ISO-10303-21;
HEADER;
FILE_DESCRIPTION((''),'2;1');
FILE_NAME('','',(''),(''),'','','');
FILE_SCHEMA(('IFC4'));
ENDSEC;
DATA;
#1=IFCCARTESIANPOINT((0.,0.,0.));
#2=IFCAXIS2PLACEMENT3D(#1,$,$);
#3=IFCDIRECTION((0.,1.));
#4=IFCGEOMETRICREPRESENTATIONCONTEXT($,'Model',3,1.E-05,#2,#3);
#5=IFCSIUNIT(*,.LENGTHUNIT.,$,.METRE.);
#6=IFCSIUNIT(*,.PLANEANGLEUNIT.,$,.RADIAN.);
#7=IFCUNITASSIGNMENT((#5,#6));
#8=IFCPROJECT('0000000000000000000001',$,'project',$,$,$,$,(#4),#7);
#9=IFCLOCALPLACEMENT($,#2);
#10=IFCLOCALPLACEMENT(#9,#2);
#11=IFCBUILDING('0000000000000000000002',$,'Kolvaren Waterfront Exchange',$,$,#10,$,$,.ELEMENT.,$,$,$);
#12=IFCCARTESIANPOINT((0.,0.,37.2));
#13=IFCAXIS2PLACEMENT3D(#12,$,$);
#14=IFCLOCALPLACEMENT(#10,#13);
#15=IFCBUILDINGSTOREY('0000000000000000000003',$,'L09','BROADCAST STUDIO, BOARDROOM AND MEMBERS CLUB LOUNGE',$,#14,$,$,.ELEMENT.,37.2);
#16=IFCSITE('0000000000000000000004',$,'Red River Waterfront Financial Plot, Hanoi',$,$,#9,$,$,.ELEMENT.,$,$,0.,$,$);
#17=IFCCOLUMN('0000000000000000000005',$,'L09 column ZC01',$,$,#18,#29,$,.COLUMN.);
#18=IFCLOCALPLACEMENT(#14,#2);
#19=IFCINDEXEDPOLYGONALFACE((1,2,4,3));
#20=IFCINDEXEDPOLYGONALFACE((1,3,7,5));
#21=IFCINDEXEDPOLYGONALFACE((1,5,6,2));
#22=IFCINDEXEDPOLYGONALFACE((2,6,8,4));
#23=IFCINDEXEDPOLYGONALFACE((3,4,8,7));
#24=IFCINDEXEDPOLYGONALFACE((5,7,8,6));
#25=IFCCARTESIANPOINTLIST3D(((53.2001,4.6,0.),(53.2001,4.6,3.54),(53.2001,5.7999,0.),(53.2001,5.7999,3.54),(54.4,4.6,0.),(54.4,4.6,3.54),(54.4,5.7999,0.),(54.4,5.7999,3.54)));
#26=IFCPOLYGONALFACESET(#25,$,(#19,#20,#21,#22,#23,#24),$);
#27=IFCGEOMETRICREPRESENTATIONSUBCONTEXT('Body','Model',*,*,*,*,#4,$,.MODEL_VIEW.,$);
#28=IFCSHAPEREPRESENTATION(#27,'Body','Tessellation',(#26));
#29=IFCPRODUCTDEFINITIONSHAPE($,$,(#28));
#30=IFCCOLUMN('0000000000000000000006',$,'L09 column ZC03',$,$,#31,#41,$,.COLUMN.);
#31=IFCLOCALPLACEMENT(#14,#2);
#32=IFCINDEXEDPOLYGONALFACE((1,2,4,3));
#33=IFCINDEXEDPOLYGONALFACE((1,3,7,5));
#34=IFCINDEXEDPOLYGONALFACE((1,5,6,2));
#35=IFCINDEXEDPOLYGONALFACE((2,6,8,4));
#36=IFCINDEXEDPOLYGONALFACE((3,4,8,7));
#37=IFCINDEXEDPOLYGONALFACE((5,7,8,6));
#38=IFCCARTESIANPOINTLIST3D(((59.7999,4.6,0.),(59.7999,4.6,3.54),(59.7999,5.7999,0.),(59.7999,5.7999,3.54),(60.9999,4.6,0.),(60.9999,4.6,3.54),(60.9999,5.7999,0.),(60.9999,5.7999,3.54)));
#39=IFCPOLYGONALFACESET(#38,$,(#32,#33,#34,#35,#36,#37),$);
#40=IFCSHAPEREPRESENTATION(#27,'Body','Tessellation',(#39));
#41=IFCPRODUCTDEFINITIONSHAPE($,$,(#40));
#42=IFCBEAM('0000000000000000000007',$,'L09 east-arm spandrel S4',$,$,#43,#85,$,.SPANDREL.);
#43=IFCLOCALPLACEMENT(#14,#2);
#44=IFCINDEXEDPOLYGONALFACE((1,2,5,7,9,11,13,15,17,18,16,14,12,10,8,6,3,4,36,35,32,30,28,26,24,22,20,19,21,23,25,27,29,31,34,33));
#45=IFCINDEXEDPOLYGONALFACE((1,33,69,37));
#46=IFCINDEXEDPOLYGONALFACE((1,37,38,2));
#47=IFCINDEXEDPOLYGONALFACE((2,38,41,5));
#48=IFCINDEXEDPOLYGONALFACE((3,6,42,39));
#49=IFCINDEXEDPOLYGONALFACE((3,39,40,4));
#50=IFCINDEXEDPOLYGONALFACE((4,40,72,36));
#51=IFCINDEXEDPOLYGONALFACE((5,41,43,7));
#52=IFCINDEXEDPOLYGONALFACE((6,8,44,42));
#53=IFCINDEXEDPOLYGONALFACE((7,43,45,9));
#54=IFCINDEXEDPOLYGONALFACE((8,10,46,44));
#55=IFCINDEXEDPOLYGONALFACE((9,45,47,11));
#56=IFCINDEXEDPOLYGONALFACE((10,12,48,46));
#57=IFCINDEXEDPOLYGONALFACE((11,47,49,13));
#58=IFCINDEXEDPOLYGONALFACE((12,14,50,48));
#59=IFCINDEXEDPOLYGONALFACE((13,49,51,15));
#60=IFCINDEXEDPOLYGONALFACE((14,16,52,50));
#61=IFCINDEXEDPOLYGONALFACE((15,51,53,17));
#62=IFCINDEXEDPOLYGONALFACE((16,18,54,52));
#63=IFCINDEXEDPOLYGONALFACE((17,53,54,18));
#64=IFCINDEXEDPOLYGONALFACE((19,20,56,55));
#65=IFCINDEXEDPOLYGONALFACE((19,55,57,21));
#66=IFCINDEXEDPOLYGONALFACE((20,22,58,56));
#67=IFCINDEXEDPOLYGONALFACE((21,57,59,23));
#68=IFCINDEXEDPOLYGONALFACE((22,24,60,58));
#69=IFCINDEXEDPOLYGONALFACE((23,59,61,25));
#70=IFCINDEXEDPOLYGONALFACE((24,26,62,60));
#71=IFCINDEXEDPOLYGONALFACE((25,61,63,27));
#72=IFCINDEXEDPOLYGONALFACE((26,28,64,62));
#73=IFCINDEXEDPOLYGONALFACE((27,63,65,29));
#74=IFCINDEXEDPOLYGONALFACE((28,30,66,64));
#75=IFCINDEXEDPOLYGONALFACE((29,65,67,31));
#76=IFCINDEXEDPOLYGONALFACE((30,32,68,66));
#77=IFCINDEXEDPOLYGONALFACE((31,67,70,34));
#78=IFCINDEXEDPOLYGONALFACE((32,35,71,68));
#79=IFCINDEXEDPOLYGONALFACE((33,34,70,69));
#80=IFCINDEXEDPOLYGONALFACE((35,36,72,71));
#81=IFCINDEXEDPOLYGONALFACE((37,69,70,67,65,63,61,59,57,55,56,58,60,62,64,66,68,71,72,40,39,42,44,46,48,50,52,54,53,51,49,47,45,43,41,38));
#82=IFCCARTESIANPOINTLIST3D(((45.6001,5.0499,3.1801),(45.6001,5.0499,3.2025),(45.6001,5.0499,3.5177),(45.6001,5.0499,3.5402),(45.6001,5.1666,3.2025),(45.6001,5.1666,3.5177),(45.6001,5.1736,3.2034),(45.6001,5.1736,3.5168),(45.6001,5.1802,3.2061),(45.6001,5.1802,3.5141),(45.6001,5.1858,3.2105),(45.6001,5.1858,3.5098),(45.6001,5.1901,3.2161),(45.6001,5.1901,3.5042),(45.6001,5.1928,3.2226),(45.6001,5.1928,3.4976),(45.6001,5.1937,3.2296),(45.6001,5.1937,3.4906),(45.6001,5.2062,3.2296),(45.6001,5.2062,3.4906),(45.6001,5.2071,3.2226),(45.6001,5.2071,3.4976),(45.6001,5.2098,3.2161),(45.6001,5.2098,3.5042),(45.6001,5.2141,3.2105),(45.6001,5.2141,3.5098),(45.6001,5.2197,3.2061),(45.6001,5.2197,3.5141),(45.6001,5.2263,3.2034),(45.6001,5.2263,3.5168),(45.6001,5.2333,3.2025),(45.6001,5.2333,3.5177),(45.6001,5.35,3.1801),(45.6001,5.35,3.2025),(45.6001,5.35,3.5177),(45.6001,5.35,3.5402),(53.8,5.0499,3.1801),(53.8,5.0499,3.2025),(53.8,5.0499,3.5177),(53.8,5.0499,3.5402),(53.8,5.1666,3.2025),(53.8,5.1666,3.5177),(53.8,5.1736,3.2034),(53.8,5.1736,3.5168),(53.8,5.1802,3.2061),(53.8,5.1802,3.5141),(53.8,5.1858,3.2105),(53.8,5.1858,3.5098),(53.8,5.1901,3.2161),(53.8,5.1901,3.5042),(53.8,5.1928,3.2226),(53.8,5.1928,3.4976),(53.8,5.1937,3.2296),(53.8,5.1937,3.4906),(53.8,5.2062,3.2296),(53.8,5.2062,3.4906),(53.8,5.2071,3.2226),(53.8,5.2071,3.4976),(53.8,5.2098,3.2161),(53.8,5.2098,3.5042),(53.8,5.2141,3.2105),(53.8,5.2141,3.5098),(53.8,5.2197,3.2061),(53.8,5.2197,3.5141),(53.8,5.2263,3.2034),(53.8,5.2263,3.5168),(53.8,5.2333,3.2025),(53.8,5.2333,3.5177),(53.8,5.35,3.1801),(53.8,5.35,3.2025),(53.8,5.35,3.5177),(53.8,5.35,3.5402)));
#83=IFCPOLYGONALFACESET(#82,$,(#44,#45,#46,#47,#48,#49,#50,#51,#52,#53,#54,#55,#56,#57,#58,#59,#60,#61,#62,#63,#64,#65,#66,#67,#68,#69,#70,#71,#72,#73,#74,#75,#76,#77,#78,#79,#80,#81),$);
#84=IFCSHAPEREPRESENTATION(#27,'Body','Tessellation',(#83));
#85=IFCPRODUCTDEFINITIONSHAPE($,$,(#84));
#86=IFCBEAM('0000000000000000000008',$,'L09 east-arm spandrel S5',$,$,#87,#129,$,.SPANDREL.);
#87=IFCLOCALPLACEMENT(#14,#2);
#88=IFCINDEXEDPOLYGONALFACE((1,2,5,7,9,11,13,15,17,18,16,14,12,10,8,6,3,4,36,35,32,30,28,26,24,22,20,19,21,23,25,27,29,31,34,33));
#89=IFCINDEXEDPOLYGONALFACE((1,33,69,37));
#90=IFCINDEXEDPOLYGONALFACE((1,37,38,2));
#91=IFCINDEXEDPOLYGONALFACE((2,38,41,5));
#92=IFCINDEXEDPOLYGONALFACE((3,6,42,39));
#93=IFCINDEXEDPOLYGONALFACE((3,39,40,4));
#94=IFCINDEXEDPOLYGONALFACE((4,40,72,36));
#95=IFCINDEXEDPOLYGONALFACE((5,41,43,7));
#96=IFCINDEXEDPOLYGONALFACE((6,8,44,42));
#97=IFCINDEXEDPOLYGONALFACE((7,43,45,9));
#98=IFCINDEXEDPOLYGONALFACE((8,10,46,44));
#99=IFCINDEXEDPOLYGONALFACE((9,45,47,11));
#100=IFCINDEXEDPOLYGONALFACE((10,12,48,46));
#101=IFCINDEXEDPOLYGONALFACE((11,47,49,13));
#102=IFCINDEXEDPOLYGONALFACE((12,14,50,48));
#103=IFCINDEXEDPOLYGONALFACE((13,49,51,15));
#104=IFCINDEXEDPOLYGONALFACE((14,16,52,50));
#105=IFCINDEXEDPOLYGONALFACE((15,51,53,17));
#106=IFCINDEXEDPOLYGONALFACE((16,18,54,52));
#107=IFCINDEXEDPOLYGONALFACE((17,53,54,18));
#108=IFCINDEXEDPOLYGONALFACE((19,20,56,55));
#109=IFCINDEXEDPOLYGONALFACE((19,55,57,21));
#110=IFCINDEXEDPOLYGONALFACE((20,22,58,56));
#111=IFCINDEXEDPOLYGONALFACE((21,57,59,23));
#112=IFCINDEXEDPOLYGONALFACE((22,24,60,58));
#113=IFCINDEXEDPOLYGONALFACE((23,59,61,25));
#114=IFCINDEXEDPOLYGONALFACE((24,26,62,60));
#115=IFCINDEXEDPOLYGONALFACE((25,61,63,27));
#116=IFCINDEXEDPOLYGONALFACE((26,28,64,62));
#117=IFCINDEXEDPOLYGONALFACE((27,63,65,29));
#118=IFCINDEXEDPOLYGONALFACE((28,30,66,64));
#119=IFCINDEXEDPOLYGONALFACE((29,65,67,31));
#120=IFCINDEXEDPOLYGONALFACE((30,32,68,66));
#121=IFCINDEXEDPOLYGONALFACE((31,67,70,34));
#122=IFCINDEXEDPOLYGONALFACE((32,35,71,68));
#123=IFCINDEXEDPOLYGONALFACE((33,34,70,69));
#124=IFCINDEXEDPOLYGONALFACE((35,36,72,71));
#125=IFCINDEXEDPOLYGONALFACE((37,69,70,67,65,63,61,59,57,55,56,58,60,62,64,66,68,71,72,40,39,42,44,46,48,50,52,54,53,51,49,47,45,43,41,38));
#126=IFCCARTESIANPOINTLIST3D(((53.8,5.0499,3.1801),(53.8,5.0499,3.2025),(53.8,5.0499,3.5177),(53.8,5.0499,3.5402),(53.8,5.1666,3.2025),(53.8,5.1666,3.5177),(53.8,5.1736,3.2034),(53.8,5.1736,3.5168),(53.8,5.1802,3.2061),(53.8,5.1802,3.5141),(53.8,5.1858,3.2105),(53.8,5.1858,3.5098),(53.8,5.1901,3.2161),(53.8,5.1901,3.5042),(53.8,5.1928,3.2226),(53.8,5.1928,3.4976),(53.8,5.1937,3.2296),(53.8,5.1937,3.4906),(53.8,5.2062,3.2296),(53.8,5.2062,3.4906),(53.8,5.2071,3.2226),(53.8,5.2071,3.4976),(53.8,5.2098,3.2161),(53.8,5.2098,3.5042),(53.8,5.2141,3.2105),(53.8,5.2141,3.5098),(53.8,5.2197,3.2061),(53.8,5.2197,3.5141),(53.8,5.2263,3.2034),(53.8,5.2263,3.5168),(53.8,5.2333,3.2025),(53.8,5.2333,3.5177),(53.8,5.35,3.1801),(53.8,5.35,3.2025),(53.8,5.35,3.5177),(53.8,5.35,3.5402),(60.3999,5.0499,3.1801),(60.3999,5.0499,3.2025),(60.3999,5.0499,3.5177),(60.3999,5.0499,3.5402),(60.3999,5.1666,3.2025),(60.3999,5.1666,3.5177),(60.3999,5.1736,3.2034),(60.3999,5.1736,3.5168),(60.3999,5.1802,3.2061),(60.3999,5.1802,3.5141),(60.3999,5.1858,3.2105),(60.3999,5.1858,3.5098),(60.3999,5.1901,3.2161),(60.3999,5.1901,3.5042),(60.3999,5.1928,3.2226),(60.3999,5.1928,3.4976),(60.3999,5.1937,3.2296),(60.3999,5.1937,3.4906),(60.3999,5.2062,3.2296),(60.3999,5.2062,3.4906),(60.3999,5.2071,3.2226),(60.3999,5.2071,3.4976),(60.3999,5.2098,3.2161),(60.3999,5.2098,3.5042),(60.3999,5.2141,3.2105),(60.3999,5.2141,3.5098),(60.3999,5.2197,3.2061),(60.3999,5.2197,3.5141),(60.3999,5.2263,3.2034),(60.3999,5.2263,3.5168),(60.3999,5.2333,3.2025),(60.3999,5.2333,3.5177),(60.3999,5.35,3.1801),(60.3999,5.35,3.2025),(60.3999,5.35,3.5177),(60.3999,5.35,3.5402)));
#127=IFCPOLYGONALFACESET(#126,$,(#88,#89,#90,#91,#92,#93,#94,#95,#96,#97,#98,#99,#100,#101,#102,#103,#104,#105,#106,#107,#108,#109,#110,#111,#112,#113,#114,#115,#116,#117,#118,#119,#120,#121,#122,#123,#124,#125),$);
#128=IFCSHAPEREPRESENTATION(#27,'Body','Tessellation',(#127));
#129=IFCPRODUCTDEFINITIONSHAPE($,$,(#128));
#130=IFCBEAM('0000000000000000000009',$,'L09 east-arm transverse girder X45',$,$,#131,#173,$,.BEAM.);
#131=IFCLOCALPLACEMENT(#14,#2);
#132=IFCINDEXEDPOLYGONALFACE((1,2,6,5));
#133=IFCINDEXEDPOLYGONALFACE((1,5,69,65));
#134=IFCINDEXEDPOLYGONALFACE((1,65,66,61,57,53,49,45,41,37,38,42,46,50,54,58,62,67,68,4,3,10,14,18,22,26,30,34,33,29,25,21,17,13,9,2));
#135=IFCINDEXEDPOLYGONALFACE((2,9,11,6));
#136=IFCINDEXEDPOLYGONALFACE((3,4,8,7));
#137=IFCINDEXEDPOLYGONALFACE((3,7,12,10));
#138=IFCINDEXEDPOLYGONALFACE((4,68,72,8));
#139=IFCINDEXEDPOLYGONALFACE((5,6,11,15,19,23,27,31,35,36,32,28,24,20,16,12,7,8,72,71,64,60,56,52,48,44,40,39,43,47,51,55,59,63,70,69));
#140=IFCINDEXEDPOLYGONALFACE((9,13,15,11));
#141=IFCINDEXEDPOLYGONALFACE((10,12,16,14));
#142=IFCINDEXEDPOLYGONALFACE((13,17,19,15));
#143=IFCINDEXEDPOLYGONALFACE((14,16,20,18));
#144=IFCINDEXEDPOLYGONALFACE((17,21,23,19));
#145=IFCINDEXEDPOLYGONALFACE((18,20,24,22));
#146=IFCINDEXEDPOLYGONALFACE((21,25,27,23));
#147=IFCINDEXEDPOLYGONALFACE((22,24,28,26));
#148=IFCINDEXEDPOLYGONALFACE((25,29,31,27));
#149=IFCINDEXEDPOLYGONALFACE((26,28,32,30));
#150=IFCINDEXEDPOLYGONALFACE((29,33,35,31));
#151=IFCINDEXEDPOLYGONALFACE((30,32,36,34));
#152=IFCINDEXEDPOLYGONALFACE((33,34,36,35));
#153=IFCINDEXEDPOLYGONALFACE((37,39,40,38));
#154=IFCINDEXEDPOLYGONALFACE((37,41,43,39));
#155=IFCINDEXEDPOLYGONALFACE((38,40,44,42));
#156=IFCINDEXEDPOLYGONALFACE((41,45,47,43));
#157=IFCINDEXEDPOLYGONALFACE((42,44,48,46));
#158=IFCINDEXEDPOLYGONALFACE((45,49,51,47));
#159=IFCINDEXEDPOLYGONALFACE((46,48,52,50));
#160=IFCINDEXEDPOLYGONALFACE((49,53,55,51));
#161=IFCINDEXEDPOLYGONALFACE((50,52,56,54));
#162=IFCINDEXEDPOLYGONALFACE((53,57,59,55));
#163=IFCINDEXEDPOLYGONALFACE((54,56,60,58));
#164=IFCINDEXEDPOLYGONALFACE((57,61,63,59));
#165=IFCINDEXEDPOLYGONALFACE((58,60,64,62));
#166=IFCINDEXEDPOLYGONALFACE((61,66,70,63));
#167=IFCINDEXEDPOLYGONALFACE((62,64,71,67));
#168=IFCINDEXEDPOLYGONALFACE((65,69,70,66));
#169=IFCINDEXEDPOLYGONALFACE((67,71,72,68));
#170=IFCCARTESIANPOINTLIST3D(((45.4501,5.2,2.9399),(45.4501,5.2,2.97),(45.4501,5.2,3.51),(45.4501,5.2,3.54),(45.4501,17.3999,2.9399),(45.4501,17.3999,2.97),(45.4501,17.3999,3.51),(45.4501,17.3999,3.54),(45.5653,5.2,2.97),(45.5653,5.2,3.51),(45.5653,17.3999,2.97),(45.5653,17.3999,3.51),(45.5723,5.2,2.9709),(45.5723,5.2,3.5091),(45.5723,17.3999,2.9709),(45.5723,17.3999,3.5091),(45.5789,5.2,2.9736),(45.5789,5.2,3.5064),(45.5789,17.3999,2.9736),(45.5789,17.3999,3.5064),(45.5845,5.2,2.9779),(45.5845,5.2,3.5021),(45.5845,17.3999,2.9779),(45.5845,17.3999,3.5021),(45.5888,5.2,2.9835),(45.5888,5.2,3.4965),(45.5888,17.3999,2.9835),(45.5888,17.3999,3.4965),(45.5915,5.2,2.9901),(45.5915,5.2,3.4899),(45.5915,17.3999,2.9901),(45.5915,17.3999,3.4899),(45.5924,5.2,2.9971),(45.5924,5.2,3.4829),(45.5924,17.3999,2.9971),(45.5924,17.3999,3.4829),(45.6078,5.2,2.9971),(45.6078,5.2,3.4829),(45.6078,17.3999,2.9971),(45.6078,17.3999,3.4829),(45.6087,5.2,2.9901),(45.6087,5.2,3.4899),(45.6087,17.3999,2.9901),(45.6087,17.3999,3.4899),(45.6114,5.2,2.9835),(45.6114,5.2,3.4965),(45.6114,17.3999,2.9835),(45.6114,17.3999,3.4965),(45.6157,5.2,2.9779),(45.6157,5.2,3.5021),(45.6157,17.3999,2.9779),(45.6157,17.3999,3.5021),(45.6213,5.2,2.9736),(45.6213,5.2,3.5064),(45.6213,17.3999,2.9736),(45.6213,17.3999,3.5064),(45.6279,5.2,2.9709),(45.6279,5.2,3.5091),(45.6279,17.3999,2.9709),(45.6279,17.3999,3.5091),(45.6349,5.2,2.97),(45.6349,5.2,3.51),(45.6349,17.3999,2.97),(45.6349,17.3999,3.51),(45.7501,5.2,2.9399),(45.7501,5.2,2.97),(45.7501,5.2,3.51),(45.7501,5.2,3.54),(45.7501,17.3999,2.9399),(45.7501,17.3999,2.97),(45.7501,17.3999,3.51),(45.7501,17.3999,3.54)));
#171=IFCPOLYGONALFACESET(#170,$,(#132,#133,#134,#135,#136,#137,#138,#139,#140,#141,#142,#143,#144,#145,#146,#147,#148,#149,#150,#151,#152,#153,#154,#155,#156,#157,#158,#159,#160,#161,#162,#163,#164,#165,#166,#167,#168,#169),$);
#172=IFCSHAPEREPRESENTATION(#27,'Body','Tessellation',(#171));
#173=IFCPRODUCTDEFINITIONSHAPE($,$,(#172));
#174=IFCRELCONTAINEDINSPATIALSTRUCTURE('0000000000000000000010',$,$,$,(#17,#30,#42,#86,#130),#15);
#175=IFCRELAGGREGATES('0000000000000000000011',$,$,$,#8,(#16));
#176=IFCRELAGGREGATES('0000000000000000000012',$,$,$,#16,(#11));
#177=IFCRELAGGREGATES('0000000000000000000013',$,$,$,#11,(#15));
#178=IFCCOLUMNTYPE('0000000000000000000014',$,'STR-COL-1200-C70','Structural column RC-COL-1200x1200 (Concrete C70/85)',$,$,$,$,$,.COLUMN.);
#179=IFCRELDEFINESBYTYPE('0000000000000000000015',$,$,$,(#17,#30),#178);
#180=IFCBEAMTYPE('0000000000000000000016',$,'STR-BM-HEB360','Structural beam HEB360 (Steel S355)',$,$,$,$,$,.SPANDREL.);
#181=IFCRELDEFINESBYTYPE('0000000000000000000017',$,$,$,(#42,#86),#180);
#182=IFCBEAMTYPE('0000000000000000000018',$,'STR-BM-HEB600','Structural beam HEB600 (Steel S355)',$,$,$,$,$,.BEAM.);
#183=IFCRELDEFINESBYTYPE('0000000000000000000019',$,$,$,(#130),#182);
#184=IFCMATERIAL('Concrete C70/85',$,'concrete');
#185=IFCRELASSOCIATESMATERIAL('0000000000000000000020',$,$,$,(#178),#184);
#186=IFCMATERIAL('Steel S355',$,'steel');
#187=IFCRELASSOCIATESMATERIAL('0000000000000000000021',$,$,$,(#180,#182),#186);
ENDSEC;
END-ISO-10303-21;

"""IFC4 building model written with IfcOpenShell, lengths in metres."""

from ifc_helpers import new_model, si_unit, direction, frame, origin, origin_2d, place, context, subcontext, project, spatial, rectangle, i_section, extrude, material, material_profile, profile_set, type_object, element, save


model = new_model("IFC4")

# Units and contexts
model_context = context("Model", 3, precision=1e-05, world=origin(), true_north=direction((0.0, 1.0)))
body_context = subcontext(model_context, "Body", "Model", "MODEL_VIEW")
ifc_project = project(units=[si_unit("LENGTHUNIT", "METRE"), si_unit("PLANEANGLEUNIT", "RADIAN")], contexts=[model_context])

# Site, building, storey
site_placement = place(None, origin())
site = spatial("IfcSite", under=ifc_project, at=site_placement, Name="Red River Waterfront Financial Plot, Hanoi", CompositionType="ELEMENT", RefElevation=0.0)
building_placement = place(site_placement, origin())
building = spatial("IfcBuilding", under=site, at=building_placement, Name="Kolvaren Waterfront Exchange", CompositionType="ELEMENT")
storey_placement = place(building_placement, frame((0.0, 0.0, 37.2)))
storey = spatial("IfcBuildingStorey", under=building, at=storey_placement, Name="L09", Description="BROADCAST STUDIO, BOARDROOM AND MEMBERS CLUB LOUNGE", CompositionType="ELEMENT", Elevation=37.2)

# Columns
ifc_material_1 = material(Name="Concrete C70/85", Category="concrete")
ifc_material_profile_1 = material_profile(ifc_material_1, rectangle(XDim=1.2, YDim=1.2, at=origin_2d()), Name="RC-COL-1200x1200")
ifc_profile_set_1 = profile_set([ifc_material_profile_1], Name="Concrete C70/85")
column_type = type_object("IfcColumnType", Name="STR-COL-1200-C70", Description="Structural column RC-COL-1200x1200 (Concrete C70/85)", PredefinedType="COLUMN", material=ifc_profile_set_1)
for number, where, z_axis, x_axis, name in (
    (1, (53.8, 5.2, 0.0), (0.0, 0.0, 1.0), (1.0, 0.0, 0.0), "L09 column ZC01"),
    (2, (60.3999, 5.2, 0.0), (0.0, 0.0, 1.0), (1.0, 0.0, 0.0), "L09 column ZC03"),
):
    element("IfcColumn", number, at=place(storey_placement, frame(where, z_axis=z_axis, x_axis=x_axis)), inside=storey, type_object=column_type, Name=name, PredefinedType="COLUMN", context=body_context, shape_type="SweptSolid", body=[
        extrude(rectangle(XDim=1.2, YDim=1.2, at=origin_2d()), origin(), (0.0, 0.0, 1.0), 3.54),
    ])

# Beams
ifc_material_2 = material(Name="Steel S355", Category="steel")
ifc_material_profile_2 = material_profile(ifc_material_2, i_section(OverallWidth=0.3, OverallDepth=0.3601, WebThickness=0.0125, FlangeThickness=0.0225, FilletRadius=0.0271, at=origin_2d()), Name="HEB360")
ifc_profile_set_2 = profile_set([ifc_material_profile_2], Name="Steel S355")
beam_type_1 = type_object("IfcBeamType", Name="STR-BM-HEB360", Description="Structural beam HEB360 (Steel S355)", PredefinedType="SPANDREL", material=ifc_profile_set_2)
beam_1_placement = place(storey_placement, frame((45.6001, 5.2, 3.3601), z_axis=(1.0, 0.0, 0.0), x_axis=(0.0, 1.0, 0.0)))
element("IfcBeam", 3, at=beam_1_placement, inside=storey, type_object=beam_type_1, Name="L09 east-arm spandrel S4", PredefinedType="SPANDREL", context=body_context, shape_type="SweptSolid", body=[
    extrude(i_section(OverallWidth=0.3, OverallDepth=0.3601, WebThickness=0.0125, FlangeThickness=0.0225, FilletRadius=0.0271, at=origin_2d()), origin(), (0.0, 0.0, 1.0), 8.2),
])
beam_2_placement = place(storey_placement, frame((53.8, 5.2, 3.3601), z_axis=(1.0, 0.0, 0.0), x_axis=(0.0, 1.0, 0.0)))
element("IfcBeam", 4, at=beam_2_placement, inside=storey, type_object=beam_type_1, Name="L09 east-arm spandrel S5", PredefinedType="SPANDREL", context=body_context, shape_type="SweptSolid", body=[
    extrude(i_section(OverallWidth=0.3, OverallDepth=0.3601, WebThickness=0.0125, FlangeThickness=0.0225, FilletRadius=0.0271, at=origin_2d()), origin(), (0.0, 0.0, 1.0), 6.5999),
])
ifc_material_profile_3 = material_profile(ifc_material_2, i_section(OverallWidth=0.3, OverallDepth=0.6001, WebThickness=0.0154, FlangeThickness=0.03, FilletRadius=0.0271, at=origin_2d()), Name="HEB600")
ifc_profile_set_3 = profile_set([ifc_material_profile_3], Name="Steel S355")
beam_type_2 = type_object("IfcBeamType", Name="STR-BM-HEB600", Description="Structural beam HEB600 (Steel S355)", PredefinedType="BEAM", material=ifc_profile_set_3)
for number, where, z_axis, x_axis, name in (
    (5, (45.6001, 5.2, 3.24), (0.0, 1.0, 0.0), (-1.0, 0.0, 0.0), "L09 east-arm transverse girder X45"),
):
    element("IfcBeam", number, at=place(storey_placement, frame(where, z_axis=z_axis, x_axis=x_axis)), inside=storey, type_object=beam_type_2, Name=name, PredefinedType="BEAM", context=body_context, shape_type="SweptSolid", body=[
        extrude(i_section(OverallWidth=0.3, OverallDepth=0.6001, WebThickness=0.0154, FlangeThickness=0.03, FilletRadius=0.0271, at=origin_2d()), origin(), (0.0, 0.0, 1.0), 12.2),
    ])

save(model, "model.ifc")
